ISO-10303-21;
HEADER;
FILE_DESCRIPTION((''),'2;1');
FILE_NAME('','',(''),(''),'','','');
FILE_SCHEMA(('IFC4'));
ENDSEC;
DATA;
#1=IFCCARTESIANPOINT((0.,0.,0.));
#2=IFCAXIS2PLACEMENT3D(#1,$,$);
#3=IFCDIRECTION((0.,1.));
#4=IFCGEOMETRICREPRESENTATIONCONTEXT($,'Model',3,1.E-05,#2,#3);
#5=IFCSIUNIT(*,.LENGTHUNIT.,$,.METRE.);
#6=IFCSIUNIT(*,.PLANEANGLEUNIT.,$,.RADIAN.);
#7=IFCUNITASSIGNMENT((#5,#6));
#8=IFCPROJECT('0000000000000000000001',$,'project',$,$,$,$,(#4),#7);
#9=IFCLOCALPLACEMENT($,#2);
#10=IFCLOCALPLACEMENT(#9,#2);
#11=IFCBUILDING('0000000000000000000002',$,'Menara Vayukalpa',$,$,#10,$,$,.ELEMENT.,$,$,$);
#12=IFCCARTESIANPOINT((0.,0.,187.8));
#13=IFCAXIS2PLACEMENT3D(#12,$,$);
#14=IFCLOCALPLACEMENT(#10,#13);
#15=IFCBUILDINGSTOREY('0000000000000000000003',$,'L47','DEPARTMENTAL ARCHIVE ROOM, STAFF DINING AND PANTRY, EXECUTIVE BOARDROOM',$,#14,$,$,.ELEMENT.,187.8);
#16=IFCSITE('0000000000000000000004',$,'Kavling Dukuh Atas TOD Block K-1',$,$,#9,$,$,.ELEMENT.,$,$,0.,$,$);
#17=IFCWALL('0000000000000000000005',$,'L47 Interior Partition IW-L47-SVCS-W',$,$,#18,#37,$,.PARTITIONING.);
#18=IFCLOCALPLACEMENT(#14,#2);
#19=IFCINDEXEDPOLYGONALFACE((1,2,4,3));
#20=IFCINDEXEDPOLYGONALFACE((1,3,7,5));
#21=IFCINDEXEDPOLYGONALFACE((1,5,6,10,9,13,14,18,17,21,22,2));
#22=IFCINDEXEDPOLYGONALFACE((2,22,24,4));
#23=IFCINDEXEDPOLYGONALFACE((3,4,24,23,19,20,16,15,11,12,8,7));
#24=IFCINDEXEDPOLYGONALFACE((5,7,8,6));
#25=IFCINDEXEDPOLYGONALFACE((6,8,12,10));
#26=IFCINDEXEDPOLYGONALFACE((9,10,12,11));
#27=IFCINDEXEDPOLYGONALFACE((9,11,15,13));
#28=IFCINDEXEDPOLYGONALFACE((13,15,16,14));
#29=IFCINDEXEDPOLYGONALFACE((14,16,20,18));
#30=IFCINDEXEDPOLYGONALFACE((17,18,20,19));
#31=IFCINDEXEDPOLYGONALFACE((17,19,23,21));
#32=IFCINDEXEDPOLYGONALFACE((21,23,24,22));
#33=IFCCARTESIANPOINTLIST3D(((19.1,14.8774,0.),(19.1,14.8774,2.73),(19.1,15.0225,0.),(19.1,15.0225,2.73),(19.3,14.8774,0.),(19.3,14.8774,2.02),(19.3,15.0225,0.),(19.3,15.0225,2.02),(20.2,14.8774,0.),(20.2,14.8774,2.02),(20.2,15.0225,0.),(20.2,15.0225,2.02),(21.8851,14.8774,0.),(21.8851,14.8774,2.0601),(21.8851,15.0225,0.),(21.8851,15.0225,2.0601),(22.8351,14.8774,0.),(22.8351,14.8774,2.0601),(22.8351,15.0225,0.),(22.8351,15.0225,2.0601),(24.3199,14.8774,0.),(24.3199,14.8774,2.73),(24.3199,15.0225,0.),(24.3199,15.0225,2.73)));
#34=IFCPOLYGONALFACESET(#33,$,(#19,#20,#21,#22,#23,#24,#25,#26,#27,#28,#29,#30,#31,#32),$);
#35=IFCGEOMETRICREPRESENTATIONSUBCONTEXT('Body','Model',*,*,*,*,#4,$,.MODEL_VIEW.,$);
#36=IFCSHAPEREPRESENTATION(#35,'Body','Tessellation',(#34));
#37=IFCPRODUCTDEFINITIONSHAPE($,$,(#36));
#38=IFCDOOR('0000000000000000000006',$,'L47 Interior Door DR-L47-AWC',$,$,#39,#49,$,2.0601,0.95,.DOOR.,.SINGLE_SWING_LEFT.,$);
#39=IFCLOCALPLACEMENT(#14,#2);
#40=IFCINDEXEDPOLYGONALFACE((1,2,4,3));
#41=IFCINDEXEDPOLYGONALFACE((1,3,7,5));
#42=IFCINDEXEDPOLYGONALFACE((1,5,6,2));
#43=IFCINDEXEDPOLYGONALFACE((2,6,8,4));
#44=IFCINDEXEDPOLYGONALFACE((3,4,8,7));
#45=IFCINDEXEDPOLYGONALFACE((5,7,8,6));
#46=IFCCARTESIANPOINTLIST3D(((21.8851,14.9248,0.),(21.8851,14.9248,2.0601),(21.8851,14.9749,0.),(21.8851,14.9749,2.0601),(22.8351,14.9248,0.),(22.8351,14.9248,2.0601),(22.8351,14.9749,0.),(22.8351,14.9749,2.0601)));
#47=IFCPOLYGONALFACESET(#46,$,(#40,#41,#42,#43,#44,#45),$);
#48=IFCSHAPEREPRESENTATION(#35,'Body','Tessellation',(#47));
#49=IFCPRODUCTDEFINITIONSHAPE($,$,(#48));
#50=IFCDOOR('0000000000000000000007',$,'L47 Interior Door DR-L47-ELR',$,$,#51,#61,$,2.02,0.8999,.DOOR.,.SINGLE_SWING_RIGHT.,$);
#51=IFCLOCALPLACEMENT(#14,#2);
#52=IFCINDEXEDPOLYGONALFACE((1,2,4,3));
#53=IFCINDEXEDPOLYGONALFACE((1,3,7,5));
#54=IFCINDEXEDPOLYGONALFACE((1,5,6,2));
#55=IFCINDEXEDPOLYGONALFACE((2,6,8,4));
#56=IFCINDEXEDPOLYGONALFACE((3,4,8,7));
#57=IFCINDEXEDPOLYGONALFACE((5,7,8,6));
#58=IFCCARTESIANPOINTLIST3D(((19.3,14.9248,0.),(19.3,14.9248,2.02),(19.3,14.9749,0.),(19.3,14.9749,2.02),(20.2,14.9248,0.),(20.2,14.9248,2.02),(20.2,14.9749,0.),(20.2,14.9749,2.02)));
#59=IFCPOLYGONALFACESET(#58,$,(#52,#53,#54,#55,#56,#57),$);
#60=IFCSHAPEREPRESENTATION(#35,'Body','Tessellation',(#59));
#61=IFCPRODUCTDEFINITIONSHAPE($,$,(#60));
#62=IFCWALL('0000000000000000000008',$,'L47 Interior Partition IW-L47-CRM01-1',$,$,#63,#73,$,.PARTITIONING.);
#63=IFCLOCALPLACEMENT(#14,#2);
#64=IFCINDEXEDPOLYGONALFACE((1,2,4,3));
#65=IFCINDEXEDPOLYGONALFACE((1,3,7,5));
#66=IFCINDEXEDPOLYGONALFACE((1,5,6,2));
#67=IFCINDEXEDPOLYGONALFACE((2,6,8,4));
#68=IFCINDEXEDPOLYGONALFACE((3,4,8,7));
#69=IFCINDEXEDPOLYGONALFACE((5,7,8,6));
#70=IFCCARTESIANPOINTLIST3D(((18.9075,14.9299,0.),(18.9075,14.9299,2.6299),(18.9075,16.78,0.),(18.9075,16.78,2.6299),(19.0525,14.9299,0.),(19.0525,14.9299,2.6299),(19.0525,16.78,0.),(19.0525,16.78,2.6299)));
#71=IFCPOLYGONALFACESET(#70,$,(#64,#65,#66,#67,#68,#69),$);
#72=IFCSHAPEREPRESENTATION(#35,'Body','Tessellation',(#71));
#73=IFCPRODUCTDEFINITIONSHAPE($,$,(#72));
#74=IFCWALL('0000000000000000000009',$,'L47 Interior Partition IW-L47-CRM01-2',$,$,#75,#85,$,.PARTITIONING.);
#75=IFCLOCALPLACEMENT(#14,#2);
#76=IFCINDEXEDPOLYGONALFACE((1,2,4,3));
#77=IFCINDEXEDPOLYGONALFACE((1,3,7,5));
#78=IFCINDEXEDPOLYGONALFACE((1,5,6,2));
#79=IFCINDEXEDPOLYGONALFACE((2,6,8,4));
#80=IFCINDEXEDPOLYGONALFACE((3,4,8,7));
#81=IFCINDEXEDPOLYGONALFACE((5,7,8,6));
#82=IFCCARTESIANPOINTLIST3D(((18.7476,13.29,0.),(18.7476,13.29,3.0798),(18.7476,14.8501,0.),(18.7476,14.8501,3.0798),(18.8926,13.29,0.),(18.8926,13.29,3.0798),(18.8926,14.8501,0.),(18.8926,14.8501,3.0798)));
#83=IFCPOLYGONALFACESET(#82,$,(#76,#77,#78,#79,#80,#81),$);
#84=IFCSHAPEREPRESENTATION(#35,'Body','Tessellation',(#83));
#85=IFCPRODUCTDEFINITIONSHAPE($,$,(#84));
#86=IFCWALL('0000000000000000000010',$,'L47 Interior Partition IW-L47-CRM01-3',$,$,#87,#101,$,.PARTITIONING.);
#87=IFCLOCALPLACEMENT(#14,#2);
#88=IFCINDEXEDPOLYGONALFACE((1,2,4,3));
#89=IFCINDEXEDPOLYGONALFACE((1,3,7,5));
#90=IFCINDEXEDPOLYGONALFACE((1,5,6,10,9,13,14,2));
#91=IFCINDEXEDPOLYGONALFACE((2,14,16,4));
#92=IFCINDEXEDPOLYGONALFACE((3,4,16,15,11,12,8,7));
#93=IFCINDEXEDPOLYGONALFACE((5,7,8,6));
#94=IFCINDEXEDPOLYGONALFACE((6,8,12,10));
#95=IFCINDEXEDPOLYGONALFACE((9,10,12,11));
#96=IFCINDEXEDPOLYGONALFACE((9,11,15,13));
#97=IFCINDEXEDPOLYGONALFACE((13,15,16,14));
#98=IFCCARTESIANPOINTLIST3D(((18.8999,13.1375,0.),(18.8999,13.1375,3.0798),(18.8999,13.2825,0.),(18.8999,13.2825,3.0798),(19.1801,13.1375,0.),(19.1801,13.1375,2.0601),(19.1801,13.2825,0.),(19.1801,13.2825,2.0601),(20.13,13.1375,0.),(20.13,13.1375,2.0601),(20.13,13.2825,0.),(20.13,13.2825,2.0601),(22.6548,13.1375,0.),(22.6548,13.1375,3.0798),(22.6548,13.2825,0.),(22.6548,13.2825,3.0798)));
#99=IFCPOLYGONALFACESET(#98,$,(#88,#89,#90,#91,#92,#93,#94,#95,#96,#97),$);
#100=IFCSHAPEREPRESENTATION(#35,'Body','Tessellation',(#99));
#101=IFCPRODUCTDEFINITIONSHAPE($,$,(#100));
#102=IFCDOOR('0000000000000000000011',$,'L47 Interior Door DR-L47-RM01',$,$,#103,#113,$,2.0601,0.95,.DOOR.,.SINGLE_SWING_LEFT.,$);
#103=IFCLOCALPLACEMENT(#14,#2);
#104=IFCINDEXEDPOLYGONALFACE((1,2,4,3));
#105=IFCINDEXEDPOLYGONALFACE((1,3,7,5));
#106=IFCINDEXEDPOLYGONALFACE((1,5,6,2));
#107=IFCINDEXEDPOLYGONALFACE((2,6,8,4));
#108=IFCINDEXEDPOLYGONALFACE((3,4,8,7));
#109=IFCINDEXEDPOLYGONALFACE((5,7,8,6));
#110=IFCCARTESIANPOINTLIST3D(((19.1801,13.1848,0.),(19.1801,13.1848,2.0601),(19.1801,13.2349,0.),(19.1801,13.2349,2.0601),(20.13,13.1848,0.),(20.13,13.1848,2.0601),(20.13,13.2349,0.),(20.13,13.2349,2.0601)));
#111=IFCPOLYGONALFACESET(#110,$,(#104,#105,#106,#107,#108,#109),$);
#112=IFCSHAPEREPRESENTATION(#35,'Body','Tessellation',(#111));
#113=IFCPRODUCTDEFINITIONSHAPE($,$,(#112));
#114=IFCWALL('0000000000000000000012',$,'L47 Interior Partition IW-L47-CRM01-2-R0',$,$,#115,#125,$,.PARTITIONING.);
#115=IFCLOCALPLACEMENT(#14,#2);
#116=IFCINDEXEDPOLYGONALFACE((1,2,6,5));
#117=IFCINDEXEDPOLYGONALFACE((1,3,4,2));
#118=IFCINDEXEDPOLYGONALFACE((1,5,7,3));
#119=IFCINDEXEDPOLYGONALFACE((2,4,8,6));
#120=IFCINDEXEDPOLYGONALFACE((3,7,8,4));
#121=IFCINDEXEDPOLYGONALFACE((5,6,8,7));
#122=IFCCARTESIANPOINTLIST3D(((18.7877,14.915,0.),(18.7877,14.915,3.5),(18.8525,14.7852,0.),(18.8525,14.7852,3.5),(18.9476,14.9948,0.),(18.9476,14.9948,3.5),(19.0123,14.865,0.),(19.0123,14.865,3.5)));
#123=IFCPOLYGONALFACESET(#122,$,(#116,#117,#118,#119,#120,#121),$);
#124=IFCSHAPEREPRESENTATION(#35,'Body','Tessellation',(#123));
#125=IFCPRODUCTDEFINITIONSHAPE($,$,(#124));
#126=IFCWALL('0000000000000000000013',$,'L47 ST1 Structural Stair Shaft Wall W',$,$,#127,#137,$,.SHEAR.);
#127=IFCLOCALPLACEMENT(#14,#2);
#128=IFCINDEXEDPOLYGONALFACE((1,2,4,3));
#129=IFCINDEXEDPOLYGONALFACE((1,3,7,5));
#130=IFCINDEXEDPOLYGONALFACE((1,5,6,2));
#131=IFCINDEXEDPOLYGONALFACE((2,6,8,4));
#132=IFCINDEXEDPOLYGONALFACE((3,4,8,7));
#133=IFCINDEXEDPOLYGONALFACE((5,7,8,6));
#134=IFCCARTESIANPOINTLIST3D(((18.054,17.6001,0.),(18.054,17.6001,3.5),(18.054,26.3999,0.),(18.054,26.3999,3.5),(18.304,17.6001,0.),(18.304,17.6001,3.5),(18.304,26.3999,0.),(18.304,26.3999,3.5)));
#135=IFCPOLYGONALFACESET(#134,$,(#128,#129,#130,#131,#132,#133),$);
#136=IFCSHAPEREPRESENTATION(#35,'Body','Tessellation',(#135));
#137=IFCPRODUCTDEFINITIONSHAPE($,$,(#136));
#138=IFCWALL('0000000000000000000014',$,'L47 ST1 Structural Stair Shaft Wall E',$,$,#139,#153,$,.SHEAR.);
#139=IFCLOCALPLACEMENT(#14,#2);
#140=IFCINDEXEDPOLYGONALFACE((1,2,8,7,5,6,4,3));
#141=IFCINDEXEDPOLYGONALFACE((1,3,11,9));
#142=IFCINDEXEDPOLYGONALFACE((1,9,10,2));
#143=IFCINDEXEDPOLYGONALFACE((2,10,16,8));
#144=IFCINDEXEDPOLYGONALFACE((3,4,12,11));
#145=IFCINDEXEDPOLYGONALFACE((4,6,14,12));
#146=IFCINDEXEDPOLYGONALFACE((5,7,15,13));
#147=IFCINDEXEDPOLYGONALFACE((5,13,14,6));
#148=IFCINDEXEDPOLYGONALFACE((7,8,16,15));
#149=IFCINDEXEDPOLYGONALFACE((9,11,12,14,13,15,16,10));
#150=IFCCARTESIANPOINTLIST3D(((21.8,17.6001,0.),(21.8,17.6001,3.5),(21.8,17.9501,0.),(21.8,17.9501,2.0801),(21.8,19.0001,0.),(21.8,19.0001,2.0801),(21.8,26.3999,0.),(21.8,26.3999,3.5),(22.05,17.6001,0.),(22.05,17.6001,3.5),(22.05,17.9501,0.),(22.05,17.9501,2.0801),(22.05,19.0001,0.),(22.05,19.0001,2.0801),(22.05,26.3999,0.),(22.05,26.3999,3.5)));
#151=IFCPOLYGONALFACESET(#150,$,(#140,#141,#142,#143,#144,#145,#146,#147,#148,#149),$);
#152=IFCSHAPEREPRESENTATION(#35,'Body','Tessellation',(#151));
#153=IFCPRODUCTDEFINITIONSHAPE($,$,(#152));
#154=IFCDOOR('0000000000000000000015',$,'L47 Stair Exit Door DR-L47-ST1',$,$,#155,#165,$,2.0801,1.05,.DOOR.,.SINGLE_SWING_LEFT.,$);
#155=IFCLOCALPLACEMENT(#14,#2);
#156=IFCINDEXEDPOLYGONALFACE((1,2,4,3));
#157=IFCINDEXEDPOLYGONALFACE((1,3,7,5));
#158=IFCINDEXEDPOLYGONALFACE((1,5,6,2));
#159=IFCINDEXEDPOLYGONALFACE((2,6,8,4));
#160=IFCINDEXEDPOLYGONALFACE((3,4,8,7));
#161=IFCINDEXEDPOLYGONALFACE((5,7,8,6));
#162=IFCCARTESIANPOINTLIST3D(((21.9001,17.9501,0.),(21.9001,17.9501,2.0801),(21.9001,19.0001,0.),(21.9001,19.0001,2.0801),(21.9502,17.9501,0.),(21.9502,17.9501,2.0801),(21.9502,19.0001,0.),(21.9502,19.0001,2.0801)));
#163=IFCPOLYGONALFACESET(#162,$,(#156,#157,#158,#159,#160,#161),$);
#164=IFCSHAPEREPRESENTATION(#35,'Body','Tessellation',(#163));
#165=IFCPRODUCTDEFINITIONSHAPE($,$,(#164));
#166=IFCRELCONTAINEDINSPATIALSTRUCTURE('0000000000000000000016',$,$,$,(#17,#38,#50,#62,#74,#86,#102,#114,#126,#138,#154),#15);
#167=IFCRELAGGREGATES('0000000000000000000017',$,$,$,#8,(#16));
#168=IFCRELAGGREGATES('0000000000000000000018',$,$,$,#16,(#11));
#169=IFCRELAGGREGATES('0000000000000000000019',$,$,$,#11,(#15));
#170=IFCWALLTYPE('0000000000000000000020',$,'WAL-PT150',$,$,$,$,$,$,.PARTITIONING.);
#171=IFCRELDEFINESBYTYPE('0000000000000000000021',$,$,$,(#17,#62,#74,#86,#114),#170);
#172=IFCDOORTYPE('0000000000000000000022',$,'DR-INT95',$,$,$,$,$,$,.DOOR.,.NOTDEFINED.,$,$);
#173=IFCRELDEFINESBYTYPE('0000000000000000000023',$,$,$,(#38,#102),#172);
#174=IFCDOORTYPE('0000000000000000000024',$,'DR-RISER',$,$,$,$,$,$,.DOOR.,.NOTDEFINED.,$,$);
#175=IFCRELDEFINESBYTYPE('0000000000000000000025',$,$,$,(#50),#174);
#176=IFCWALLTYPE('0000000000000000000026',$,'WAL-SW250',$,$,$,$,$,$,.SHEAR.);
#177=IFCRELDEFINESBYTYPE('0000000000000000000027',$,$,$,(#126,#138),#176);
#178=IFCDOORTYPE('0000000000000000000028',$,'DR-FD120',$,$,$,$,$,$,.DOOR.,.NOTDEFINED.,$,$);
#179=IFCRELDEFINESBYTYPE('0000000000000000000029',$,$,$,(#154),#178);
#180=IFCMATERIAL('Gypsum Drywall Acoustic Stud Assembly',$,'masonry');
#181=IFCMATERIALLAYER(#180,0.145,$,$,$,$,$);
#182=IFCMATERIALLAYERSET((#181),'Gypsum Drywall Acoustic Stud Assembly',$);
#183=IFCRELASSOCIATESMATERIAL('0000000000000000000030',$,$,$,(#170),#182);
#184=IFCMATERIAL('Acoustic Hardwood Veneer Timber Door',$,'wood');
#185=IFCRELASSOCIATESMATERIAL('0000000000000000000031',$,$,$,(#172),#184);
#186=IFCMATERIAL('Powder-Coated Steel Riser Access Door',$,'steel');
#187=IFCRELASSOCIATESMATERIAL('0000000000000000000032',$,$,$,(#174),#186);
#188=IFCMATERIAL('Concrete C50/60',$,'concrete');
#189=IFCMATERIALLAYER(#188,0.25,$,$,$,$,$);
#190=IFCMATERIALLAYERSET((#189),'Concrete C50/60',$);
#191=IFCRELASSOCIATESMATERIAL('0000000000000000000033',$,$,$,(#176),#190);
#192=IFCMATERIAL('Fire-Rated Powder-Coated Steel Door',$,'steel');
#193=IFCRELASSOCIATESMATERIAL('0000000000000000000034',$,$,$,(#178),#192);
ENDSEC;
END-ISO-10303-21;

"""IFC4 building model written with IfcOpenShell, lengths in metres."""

from ifc_helpers import new_model, si_unit, direction, frame, frame_2d, origin, place, context, subcontext, project, spatial, rectangle, extrude, material, layer, layer_set, type_object, element, fill, save


model = new_model("IFC4")

# Units and contexts
model_context = context("Model", 3, precision=1e-05, world=origin(), true_north=direction((0.0, 1.0)))
body_context = subcontext(model_context, "Body", "Model", "MODEL_VIEW")
ifc_project = project(units=[si_unit("LENGTHUNIT", "METRE"), si_unit("PLANEANGLEUNIT", "RADIAN")], contexts=[model_context])

# Site, building, storey
site_placement = place(None, origin())
site = spatial("IfcSite", under=ifc_project, at=site_placement, Name="Kavling Dukuh Atas TOD Block K-1", CompositionType="ELEMENT", RefElevation=0.0)
building_placement = place(site_placement, origin())
building = spatial("IfcBuilding", under=site, at=building_placement, Name="Menara Vayukalpa", CompositionType="ELEMENT")
storey_placement = place(building_placement, frame((0.0, 0.0, 187.8)))
storey = spatial("IfcBuildingStorey", under=building, at=storey_placement, Name="L47", Description="DEPARTMENTAL ARCHIVE ROOM, STAFF DINING AND PANTRY, EXECUTIVE BOARDROOM", CompositionType="ELEMENT", Elevation=187.8)

# Wall, openings, doors
ifc_material_1 = material(Name="Gypsum Drywall Acoustic Stud Assembly", Category="masonry")
ifc_layer_1 = layer(ifc_material_1, 0.145)
ifc_layer_set_1 = layer_set([ifc_layer_1], Name="Gypsum Drywall Acoustic Stud Assembly")
wall_type_1 = type_object("IfcWallType", Name="WAL-PT150", PredefinedType="PARTITIONING", material=ifc_layer_set_1)
wall_1_placement = place(storey_placement, frame((19.1001, 14.95, 0.0), z_axis=(0.0, 0.0, 1.0), x_axis=(1.0, 0.0, 0.0)))
wall_1 = element("IfcWall", 1, at=wall_1_placement, inside=storey, type_object=wall_type_1, Name="L47 Interior Partition IW-L47-SVCS-W", PredefinedType="PARTITIONING", context=body_context, shape_type="SweptSolid", body=[
    extrude(rectangle(XDim=5.22, YDim=0.145, at=frame_2d((2.6099, 0.0))), origin(), (0.0, 0.0, 1.0), 2.73),
])
opening_1_placement = place(wall_1_placement, frame((0.2, 0.0, 0.0)))
opening_1 = element("IfcOpeningElement", 2, at=opening_1_placement, cuts=wall_1, PredefinedType="OPENING", context=body_context, shape_type="SweptSolid", body=[
    extrude(rectangle(XDim=0.8999, YDim=2.02, at=frame_2d((0.45, 1.01))), frame((0.0, 0.0825, 0.0), z_axis=(0.0, -1.0, 0.0), x_axis=(1.0, 0.0, 0.0)), (0.0, 0.0, 1.0), 0.165),
])
opening_2_placement = place(wall_1_placement, frame((2.7849, 0.0, 0.0)))
opening_2 = element("IfcOpeningElement", 3, at=opening_2_placement, cuts=wall_1, PredefinedType="OPENING", context=body_context, shape_type="SweptSolid", body=[
    extrude(rectangle(XDim=0.95, YDim=2.0601, at=frame_2d((0.4751, 1.03))), frame((0.0, 0.0825, 0.0), z_axis=(0.0, -1.0, 0.0), x_axis=(1.0, 0.0, 0.0)), (0.0, 0.0, 1.0), 0.165),
])
ifc_material_2 = material(Name="Acoustic Hardwood Veneer Timber Door", Category="wood")
door_type_1 = type_object("IfcDoorType", Name="DR-INT95", OperationType="NOTDEFINED", PredefinedType="DOOR", material=ifc_material_2)
door_1_placement = place(opening_2_placement, origin())
door_1 = element("IfcDoor", 4, at=door_1_placement, inside=storey, type_object=door_type_1, Name="L47 Interior Door DR-L47-AWC", OperationType="SINGLE_SWING_LEFT", OverallHeight=2.0601, OverallWidth=0.95, PredefinedType="DOOR", context=body_context, shape_type="SweptSolid", body=[
    extrude(rectangle(XDim=0.95, YDim=2.0601, at=frame_2d((0.4751, 1.03))), frame((0.0, 0.0249, 0.0), z_axis=(0.0, -1.0, 0.0), x_axis=(1.0, 0.0, 0.0)), (0.0, 0.0, 1.0), 0.05),
])
fill(opening_2, door_1)
ifc_material_3 = material(Name="Powder-Coated Steel Riser Access Door", Category="steel")
door_type_2 = type_object("IfcDoorType", Name="DR-RISER", OperationType="NOTDEFINED", PredefinedType="DOOR", material=ifc_material_3)
door_2_placement = place(opening_1_placement, origin())
door_2 = element("IfcDoor", 5, at=door_2_placement, inside=storey, type_object=door_type_2, Name="L47 Interior Door DR-L47-ELR", OperationType="SINGLE_SWING_RIGHT", OverallHeight=2.02, OverallWidth=0.8999, PredefinedType="DOOR", context=body_context, shape_type="SweptSolid", body=[
    extrude(rectangle(XDim=0.8999, YDim=2.02, at=frame_2d((0.45, 1.01))), frame((0.0, 0.0249, 0.0), z_axis=(0.0, -1.0, 0.0), x_axis=(1.0, 0.0, 0.0)), (0.0, 0.0, 1.0), 0.05),
])
fill(opening_1, door_2)

# Walls
wall_2_placement = place(storey_placement, frame((18.98, 16.78, 0.0), z_axis=(0.0, 0.0, 1.0), x_axis=(0.0, -1.0, 0.0)))
element("IfcWall", 6, at=wall_2_placement, inside=storey, type_object=wall_type_1, Name="L47 Interior Partition IW-L47-CRM01-1", PredefinedType="PARTITIONING", context=body_context, shape_type="SweptSolid", body=[
    extrude(rectangle(XDim=1.8501, YDim=0.145, at=frame_2d((0.925, 0.0))), origin(), (0.0, 0.0, 1.0), 2.6299),
])
wall_3_placement = place(storey_placement, frame((18.8201, 14.8501, 0.0), z_axis=(0.0, 0.0, 1.0), x_axis=(0.0, -1.0, 0.0)))
element("IfcWall", 7, at=wall_3_placement, inside=storey, type_object=wall_type_1, Name="L47 Interior Partition IW-L47-CRM01-2", PredefinedType="PARTITIONING", context=body_context, shape_type="SweptSolid", body=[
    extrude(rectangle(XDim=1.5601, YDim=0.145, at=frame_2d((0.78, 0.0))), origin(), (0.0, 0.0, 1.0), 3.0798),
])

# Wall, opening, door
wall_4_placement = place(storey_placement, frame((18.8999, 13.21, 0.0), z_axis=(0.0, 0.0, 1.0), x_axis=(1.0, 0.0, 0.0)))
wall_4 = element("IfcWall", 8, at=wall_4_placement, inside=storey, type_object=wall_type_1, Name="L47 Interior Partition IW-L47-CRM01-3", PredefinedType="PARTITIONING", context=body_context, shape_type="SweptSolid", body=[
    extrude(rectangle(XDim=3.7549, YDim=0.145, at=frame_2d((1.8774, 0.0))), origin(), (0.0, 0.0, 1.0), 3.0798),
])
opening_3_placement = place(wall_4_placement, frame((0.28, 0.0, 0.0)))
opening_3 = element("IfcOpeningElement", 9, at=opening_3_placement, cuts=wall_4, PredefinedType="OPENING", context=body_context, shape_type="SweptSolid", body=[
    extrude(rectangle(XDim=0.95, YDim=2.0601, at=frame_2d((0.4751, 1.03))), frame((0.0, 0.0825, 0.0), z_axis=(0.0, -1.0, 0.0), x_axis=(1.0, 0.0, 0.0)), (0.0, 0.0, 1.0), 0.165),
])
door_3_placement = place(opening_3_placement, origin())
door_3 = element("IfcDoor", 10, at=door_3_placement, inside=storey, type_object=door_type_1, Name="L47 Interior Door DR-L47-RM01", OperationType="SINGLE_SWING_LEFT", OverallHeight=2.0601, OverallWidth=0.95, PredefinedType="DOOR", context=body_context, shape_type="SweptSolid", body=[
    extrude(rectangle(XDim=0.95, YDim=2.0601, at=frame_2d((0.4751, 1.03))), frame((0.0, 0.0249, 0.0), z_axis=(0.0, -1.0, 0.0), x_axis=(1.0, 0.0, 0.0)), (0.0, 0.0, 1.0), 0.05),
])
fill(opening_3, door_3)

# Walls
wall_5_placement = place(storey_placement, frame((18.8201, 14.8501, 0.0), z_axis=(0.0, 0.0, 1.0), x_axis=(0.8947, 0.446667, 0.0)))
element("IfcWall", 11, at=wall_5_placement, inside=storey, type_object=wall_type_1, Name="L47 Interior Partition IW-L47-CRM01-2-R0", PredefinedType="PARTITIONING", context=body_context, shape_type="SweptSolid", body=[
    extrude(rectangle(XDim=0.1787, YDim=0.145, at=frame_2d((0.0894, 0.0))), origin(), (0.0, 0.0, 1.0), 3.5),
])
ifc_material_4 = material(Name="Concrete C50/60", Category="concrete")
ifc_layer_2 = layer(ifc_material_4, 0.25)
ifc_layer_set_2 = layer_set([ifc_layer_2], Name="Concrete C50/60")
wall_type_2 = type_object("IfcWallType", Name="WAL-SW250", PredefinedType="SHEAR", material=ifc_layer_set_2)
wall_6_placement = place(storey_placement, frame((18.179, 17.6001, 0.0), z_axis=(0.0, 0.0, 1.0), x_axis=(0.0, 1.0, 0.0)))
element("IfcWall", 12, at=wall_6_placement, inside=storey, type_object=wall_type_2, Name="L47 ST1 Structural Stair Shaft Wall W", PredefinedType="SHEAR", context=body_context, shape_type="SweptSolid", body=[
    extrude(rectangle(XDim=8.7998, YDim=0.25, at=frame_2d((4.3999, 0.0))), origin(), (0.0, 0.0, 1.0), 3.5),
])

# Wall, opening, door
wall_7_placement = place(storey_placement, frame((21.925, 17.6001, 0.0), z_axis=(0.0, 0.0, 1.0), x_axis=(0.0, 1.0, 0.0)))
wall_7 = element("IfcWall", 13, at=wall_7_placement, inside=storey, type_object=wall_type_2, Name="L47 ST1 Structural Stair Shaft Wall E", PredefinedType="SHEAR", context=body_context, shape_type="SweptSolid", body=[
    extrude(rectangle(XDim=8.7998, YDim=0.25, at=frame_2d((4.3999, 0.0))), origin(), (0.0, 0.0, 1.0), 3.5),
])
opening_4_placement = place(wall_7_placement, frame((0.3501, 0.0, 0.0)))
opening_4 = element("IfcOpeningElement", 14, at=opening_4_placement, cuts=wall_7, PredefinedType="OPENING", context=body_context, shape_type="SweptSolid", body=[
    extrude(rectangle(XDim=1.05, YDim=2.0801, at=frame_2d((0.5249, 1.04))), frame((0.0, 0.135, 0.0), z_axis=(0.0, -1.0, 0.0), x_axis=(1.0, 0.0, 0.0)), (0.0, 0.0, 1.0), 0.27),
])
ifc_material_5 = material(Name="Fire-Rated Powder-Coated Steel Door", Category="steel")
door_type_3 = type_object("IfcDoorType", Name="DR-FD120", OperationType="NOTDEFINED", PredefinedType="DOOR", material=ifc_material_5)
door_4_placement = place(opening_4_placement, origin())
door_4 = element("IfcDoor", 15, at=door_4_placement, inside=storey, type_object=door_type_3, Name="L47 Stair Exit Door DR-L47-ST1", OperationType="SINGLE_SWING_LEFT", OverallHeight=2.0801, OverallWidth=1.05, PredefinedType="DOOR", context=body_context, shape_type="SweptSolid", body=[
    extrude(rectangle(XDim=1.05, YDim=2.0801, at=frame_2d((0.5249, 1.04))), frame((0.0, 0.0249, 0.0), z_axis=(0.0, -1.0, 0.0), x_axis=(1.0, 0.0, 0.0)), (0.0, 0.0, 1.0), 0.05),
])
fill(opening_4, door_4)

save(model, "model.ifc")
